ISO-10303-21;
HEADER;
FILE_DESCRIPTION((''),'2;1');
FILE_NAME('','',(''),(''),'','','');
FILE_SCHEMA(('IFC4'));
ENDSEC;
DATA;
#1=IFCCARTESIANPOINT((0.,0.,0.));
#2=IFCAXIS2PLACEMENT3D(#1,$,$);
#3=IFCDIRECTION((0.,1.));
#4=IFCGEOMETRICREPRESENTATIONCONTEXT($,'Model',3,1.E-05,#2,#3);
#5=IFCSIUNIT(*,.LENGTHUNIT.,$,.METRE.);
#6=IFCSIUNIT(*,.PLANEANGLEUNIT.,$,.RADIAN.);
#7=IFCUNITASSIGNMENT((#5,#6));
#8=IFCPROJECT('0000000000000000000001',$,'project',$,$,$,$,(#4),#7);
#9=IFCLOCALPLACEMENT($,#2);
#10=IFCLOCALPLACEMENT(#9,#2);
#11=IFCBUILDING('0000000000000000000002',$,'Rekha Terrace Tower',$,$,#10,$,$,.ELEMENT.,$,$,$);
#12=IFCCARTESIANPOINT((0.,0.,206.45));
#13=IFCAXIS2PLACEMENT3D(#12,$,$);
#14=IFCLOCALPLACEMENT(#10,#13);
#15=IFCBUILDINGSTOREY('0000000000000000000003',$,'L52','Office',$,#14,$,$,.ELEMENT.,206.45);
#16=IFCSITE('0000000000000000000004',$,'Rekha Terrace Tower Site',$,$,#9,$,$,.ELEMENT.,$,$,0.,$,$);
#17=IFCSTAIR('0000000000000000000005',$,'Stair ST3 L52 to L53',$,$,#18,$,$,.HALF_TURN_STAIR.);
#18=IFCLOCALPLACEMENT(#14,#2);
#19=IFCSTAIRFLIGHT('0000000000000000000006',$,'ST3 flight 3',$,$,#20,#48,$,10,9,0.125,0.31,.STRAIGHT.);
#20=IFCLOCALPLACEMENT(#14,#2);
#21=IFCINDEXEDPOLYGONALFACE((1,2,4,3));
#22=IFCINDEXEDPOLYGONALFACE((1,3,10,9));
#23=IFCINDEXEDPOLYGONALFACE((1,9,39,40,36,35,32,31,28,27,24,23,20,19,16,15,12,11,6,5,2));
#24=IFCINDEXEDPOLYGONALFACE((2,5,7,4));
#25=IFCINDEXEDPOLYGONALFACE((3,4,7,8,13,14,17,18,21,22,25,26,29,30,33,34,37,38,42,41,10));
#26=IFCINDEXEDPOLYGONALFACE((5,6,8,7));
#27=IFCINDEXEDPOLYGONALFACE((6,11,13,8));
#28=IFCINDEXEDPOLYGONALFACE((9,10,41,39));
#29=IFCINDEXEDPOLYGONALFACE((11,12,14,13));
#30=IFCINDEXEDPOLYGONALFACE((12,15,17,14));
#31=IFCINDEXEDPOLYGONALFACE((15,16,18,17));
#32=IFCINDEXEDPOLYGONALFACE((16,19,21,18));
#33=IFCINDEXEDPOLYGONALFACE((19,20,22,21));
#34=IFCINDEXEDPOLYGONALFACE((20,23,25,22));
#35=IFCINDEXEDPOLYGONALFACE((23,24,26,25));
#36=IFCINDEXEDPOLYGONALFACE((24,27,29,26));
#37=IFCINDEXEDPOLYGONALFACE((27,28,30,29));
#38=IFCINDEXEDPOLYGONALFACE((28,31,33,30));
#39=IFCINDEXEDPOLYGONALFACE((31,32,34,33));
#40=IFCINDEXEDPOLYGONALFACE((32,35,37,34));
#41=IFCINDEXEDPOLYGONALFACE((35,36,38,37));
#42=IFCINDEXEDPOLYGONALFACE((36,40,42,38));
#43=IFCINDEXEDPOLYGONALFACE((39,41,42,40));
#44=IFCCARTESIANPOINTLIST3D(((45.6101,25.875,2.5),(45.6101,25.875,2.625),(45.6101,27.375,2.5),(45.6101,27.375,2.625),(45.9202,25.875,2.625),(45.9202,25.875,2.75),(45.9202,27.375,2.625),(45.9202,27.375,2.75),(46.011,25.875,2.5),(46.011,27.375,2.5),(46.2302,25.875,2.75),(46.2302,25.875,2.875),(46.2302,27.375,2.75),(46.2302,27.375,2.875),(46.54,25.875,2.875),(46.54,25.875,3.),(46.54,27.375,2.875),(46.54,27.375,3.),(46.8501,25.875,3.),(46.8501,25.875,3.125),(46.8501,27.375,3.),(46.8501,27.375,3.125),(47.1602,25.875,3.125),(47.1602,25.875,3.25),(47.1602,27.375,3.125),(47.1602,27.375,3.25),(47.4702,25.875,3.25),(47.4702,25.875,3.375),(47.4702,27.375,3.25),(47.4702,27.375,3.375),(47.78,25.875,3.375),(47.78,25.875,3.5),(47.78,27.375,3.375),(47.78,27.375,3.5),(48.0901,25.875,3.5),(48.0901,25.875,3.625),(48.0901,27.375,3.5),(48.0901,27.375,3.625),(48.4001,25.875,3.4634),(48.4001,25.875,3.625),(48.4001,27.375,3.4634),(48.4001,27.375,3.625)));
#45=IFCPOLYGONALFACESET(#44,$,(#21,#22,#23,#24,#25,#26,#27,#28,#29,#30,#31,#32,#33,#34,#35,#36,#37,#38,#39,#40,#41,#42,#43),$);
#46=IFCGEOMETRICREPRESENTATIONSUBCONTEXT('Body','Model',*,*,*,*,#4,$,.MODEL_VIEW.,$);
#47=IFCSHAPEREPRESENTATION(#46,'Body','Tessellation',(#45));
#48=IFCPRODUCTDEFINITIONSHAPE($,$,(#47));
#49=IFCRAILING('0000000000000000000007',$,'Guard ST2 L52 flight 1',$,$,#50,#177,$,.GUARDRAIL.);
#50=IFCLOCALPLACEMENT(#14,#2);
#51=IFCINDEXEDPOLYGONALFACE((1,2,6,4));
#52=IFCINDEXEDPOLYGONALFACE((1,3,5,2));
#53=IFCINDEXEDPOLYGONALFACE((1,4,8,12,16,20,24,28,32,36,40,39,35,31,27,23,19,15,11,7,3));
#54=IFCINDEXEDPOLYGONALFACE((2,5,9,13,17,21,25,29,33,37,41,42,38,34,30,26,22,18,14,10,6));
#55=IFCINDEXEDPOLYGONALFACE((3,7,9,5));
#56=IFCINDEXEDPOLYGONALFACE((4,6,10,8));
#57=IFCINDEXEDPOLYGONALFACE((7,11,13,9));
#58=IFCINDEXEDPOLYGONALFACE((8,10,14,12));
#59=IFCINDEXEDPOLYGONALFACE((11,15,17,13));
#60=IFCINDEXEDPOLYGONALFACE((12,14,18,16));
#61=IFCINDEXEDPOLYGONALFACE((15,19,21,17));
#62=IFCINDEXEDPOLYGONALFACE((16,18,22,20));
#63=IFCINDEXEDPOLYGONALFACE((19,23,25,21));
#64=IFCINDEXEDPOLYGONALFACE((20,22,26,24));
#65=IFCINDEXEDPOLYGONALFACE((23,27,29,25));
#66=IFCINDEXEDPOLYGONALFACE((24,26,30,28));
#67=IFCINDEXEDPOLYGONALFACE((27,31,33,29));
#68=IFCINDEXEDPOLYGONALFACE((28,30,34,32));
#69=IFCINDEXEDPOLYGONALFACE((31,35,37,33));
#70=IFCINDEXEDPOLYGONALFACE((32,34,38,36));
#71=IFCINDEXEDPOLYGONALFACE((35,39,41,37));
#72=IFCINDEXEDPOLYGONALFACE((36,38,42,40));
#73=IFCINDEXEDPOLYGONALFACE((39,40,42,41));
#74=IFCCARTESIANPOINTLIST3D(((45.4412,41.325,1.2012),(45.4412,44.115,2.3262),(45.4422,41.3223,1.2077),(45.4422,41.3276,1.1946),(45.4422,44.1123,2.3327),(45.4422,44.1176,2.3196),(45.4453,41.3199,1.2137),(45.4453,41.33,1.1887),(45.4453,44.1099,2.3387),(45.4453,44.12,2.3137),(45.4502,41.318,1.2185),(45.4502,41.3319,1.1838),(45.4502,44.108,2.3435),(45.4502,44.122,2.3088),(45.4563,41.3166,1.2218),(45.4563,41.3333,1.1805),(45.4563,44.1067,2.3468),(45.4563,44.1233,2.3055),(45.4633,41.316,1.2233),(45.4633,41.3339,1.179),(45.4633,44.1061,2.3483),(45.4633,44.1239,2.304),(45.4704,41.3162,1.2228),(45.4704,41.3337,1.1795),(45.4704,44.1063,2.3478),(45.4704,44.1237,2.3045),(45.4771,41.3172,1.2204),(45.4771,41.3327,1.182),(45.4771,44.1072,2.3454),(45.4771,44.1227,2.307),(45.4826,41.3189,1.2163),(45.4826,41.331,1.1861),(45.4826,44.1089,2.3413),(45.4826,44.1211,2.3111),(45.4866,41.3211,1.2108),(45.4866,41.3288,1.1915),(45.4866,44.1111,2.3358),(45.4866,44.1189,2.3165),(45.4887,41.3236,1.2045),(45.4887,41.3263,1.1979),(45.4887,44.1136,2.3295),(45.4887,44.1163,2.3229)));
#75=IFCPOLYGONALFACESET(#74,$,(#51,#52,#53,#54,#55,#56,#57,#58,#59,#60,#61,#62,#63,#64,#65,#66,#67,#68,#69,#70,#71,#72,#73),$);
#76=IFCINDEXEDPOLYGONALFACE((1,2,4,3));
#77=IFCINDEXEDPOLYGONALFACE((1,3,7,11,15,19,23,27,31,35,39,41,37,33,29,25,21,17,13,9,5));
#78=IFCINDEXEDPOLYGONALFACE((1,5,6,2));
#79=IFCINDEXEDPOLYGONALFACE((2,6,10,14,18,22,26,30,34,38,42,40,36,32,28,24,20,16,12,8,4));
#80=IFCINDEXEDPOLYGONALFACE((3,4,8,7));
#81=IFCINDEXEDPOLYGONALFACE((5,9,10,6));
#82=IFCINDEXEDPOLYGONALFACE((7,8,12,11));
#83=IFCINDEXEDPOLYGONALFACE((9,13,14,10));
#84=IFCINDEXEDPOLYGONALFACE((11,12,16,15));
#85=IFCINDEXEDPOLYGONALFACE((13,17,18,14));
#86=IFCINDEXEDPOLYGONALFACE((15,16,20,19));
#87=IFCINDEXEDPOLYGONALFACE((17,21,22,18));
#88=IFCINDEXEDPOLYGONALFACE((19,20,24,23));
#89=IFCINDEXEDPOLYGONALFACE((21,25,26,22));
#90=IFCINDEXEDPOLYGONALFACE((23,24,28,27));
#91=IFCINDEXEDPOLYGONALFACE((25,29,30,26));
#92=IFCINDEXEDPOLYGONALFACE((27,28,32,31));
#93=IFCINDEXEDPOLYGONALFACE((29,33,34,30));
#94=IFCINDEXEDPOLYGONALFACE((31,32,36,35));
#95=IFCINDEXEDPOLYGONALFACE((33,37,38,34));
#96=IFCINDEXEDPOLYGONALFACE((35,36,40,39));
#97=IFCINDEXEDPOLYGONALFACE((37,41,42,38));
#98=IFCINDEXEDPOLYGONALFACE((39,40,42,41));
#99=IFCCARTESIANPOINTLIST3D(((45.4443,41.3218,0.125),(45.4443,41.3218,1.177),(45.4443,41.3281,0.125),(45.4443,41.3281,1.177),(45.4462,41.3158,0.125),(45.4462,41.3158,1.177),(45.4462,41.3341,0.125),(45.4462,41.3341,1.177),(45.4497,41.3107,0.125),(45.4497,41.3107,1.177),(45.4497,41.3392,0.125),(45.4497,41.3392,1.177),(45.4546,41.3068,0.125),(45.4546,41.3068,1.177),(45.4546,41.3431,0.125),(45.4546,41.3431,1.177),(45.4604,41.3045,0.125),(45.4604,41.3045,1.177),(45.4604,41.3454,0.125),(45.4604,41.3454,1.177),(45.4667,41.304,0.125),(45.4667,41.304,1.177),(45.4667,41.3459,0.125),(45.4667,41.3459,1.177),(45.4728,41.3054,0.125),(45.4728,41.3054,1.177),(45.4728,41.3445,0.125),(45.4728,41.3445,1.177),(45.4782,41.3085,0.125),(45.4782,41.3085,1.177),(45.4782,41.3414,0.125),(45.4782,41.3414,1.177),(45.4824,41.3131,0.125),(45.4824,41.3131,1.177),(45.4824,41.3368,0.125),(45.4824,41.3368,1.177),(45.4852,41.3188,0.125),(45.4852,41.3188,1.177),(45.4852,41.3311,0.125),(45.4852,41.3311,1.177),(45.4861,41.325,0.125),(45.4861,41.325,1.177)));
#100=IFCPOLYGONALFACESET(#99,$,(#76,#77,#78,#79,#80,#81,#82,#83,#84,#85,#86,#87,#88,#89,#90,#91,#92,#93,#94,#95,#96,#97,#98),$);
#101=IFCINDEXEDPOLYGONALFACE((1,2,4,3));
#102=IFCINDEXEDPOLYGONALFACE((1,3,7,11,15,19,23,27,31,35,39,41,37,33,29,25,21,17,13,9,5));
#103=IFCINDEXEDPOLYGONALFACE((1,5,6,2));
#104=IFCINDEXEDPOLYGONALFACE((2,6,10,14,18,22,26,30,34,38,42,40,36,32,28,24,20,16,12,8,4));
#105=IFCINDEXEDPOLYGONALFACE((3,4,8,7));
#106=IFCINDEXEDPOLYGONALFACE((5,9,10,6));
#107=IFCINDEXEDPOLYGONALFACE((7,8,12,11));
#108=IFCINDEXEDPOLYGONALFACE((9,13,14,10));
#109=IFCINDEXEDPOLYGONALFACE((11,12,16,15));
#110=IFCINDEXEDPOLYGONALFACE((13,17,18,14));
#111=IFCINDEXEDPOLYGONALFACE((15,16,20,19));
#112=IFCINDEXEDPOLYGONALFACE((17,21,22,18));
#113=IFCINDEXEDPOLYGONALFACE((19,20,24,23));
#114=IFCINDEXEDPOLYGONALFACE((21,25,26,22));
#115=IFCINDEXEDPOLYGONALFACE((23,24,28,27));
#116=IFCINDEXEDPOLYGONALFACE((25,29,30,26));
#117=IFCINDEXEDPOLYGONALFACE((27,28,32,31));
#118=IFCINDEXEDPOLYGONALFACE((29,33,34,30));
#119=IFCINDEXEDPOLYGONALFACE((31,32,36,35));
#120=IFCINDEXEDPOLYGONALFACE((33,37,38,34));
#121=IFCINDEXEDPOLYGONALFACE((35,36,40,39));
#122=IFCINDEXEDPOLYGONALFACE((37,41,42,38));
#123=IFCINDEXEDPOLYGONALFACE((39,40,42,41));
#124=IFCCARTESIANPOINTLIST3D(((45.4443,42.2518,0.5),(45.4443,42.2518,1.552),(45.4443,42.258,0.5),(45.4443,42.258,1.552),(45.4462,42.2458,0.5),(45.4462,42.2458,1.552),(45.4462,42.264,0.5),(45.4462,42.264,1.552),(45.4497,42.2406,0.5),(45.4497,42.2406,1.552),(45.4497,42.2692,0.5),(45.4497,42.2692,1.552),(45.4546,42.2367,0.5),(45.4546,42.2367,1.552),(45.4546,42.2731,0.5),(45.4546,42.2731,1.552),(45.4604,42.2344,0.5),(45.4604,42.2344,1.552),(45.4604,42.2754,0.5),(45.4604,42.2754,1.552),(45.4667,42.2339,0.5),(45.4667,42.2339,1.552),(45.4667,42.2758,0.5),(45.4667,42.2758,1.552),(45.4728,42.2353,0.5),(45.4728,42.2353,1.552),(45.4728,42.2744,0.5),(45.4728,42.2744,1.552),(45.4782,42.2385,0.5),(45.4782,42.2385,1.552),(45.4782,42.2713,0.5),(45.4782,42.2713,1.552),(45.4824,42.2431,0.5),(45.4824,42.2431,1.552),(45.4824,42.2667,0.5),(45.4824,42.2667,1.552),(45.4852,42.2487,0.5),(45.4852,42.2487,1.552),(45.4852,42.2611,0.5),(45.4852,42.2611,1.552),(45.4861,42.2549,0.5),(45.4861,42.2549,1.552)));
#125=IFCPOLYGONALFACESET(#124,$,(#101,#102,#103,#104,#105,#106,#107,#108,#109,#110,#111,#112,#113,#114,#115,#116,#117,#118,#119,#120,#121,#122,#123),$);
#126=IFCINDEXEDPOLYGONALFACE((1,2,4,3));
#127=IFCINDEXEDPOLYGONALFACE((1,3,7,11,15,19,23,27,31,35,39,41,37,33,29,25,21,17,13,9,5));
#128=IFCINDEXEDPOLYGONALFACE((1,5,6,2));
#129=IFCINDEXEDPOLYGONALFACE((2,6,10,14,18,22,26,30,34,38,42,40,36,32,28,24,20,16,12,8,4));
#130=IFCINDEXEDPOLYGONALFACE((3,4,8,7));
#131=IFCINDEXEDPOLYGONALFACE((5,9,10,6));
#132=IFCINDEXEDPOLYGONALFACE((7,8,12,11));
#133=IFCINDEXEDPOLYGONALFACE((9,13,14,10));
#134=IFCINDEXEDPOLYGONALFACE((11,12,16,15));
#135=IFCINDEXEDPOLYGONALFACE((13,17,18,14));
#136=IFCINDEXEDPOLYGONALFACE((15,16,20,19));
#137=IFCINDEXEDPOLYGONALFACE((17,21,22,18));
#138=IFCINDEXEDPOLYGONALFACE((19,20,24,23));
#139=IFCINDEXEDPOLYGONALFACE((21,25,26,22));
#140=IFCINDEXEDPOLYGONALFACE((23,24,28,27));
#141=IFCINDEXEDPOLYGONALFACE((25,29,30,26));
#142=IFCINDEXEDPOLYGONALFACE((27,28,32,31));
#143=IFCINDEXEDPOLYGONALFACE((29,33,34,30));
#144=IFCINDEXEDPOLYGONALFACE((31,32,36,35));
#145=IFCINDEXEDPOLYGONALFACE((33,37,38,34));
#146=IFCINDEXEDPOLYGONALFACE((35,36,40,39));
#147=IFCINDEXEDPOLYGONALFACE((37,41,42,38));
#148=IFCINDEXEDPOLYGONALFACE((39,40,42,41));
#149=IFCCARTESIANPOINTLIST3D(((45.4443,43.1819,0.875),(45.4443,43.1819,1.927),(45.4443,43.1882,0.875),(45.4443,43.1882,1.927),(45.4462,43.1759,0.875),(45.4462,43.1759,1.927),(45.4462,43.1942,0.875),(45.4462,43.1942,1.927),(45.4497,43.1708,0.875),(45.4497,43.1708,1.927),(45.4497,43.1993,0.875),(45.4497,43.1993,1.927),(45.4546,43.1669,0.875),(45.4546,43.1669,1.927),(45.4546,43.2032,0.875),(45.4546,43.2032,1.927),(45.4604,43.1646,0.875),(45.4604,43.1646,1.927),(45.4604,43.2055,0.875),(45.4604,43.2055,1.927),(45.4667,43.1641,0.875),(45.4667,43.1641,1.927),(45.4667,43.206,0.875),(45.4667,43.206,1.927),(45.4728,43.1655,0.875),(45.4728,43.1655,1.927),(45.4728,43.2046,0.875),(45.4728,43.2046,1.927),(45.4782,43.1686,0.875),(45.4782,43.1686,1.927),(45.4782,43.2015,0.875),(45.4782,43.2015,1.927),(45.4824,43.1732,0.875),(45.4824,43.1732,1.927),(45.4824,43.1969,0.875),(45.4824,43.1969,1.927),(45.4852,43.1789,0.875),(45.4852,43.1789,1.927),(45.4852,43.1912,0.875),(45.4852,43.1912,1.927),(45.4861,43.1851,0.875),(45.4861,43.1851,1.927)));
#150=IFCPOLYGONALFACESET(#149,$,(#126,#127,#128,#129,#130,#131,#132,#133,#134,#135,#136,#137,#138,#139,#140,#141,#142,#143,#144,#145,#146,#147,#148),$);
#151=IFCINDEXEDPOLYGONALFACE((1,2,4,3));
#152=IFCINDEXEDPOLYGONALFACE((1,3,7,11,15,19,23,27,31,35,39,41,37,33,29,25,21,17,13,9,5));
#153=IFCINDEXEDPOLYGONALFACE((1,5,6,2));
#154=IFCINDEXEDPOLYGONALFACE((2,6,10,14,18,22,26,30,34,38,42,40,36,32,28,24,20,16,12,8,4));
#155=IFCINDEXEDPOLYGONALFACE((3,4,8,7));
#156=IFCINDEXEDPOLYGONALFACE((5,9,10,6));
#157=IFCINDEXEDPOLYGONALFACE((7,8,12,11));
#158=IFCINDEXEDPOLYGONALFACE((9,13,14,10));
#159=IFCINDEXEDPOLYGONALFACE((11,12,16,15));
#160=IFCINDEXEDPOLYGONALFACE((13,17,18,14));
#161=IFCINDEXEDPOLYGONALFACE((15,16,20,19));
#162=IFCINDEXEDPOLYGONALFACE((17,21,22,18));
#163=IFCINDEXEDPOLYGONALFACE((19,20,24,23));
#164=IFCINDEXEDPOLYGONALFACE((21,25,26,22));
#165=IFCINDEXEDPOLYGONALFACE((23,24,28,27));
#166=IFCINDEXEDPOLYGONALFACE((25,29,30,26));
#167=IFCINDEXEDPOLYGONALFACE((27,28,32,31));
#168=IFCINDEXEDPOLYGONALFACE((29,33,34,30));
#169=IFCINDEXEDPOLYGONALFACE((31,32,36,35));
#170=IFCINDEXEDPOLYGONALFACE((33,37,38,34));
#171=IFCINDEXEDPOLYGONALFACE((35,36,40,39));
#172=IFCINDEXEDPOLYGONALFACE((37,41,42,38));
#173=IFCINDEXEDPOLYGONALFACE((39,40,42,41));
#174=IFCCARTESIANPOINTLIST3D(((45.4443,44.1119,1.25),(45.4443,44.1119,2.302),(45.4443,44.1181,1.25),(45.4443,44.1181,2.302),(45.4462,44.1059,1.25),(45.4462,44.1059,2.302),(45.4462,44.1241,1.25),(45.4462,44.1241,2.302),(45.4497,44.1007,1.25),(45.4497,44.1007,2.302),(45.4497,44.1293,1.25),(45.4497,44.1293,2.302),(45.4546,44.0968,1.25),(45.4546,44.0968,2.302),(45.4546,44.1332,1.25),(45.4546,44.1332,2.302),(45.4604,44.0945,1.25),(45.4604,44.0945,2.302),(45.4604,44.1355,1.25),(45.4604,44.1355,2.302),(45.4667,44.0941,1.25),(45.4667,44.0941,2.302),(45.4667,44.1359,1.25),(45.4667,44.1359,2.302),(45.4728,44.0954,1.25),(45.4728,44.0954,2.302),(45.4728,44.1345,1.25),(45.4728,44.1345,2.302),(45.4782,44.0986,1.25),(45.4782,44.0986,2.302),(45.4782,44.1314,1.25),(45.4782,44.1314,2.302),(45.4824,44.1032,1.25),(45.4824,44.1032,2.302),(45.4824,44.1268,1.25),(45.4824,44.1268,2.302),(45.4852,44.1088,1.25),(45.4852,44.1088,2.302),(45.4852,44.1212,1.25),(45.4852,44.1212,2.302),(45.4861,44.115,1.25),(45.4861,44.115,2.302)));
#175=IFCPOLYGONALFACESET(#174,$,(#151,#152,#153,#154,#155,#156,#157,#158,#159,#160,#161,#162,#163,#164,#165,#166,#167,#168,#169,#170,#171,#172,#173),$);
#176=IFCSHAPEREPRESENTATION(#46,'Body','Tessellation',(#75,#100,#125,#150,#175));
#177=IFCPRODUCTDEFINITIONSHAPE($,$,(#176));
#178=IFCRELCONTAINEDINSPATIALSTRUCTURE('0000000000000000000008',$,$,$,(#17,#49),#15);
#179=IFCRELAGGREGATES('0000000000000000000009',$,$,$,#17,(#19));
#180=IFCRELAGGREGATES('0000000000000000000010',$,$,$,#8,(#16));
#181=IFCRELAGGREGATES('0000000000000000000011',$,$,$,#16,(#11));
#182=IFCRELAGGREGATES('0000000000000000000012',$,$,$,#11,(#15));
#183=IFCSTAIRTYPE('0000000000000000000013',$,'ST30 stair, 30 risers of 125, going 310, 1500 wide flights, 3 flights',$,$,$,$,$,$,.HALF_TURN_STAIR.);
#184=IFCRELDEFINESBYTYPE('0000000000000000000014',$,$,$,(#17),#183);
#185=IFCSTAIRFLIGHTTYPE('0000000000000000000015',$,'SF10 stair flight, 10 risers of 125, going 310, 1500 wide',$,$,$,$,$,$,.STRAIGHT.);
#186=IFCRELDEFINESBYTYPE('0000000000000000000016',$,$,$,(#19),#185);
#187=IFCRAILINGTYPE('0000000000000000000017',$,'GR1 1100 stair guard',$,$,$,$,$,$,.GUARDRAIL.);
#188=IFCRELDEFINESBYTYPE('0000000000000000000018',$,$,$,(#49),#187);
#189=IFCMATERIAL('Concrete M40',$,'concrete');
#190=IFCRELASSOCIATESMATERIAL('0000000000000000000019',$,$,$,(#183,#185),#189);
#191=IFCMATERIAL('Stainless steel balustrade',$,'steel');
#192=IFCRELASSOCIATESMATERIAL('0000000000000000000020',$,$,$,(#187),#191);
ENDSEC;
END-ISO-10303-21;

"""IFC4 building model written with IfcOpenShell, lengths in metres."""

from ifc_helpers import new_model, si_unit, direction, frame, origin, origin_2d, place, context, subcontext, project, spatial, polyline, circle, outline, extrude, material, type_object, element, aggregate, save


model = new_model("IFC4")

# Units and contexts
model_context = context("Model", 3, precision=1e-05, world=origin(), true_north=direction((0.0, 1.0)))
body_context = subcontext(model_context, "Body", "Model", "MODEL_VIEW")
ifc_project = project(units=[si_unit("LENGTHUNIT", "METRE"), si_unit("PLANEANGLEUNIT", "RADIAN")], contexts=[model_context])

# Site, building, storey
site_placement = place(None, origin())
site = spatial("IfcSite", under=ifc_project, at=site_placement, Name="Rekha Terrace Tower Site", CompositionType="ELEMENT", RefElevation=0.0)
building_placement = place(site_placement, origin())
building = spatial("IfcBuilding", under=site, at=building_placement, Name="Rekha Terrace Tower", CompositionType="ELEMENT")
storey_placement = place(building_placement, frame((0.0, 0.0, 206.45)))
storey = spatial("IfcBuildingStorey", under=building, at=storey_placement, Name="L52", Description="Office", CompositionType="ELEMENT", Elevation=206.45)

# Stair, stair flight
ifc_material_1 = material(Name="Concrete M40", Category="concrete")
stair_type = type_object("IfcStairType", Name="ST30 stair, 30 risers of 125, going 310, 1500 wide flights, 3 flights", PredefinedType="HALF_TURN_STAIR", material=ifc_material_1)
stair_flight_type = type_object("IfcStairFlightType", Name="SF10 stair flight, 10 risers of 125, going 310, 1500 wide", PredefinedType="STRAIGHT", material=ifc_material_1)
stair_1_placement = place(storey_placement, origin())
stair_1 = element("IfcStair", 1, at=stair_1_placement, inside=storey, type_object=stair_type, Name="Stair ST3 L52 to L53", PredefinedType="HALF_TURN_STAIR")
stair_flight_1_placement = place(storey_placement, frame((45.6101, 26.625, 2.5), z_axis=(0.0, 0.0, 1.0), x_axis=(1.0, 0.0, 0.0)))
stair_flight_1 = element("IfcStairFlight", 2, at=stair_flight_1_placement, type_object=stair_flight_type, Name="ST3 flight 3", NumberOfRisers=10, NumberOfTreads=9, PredefinedType="STRAIGHT", RiserHeight=0.125, TreadLength=0.31, context=body_context, shape_type="SweptSolid", body=[
    extrude(outline(polyline([(0.0, 0.0), (0.0, 0.125), (0.3101, 0.125), (0.3101, 0.25), (0.6201, 0.25), (0.6201, 0.375), (0.9299, 0.375), (0.9299, 0.5), (1.24, 0.5), (1.24, 0.625), (1.55, 0.625), (1.55, 0.75), (1.8601, 0.75), (1.8601, 0.875), (2.1699, 0.875), (2.1699, 1.0), (2.48, 1.0), (2.48, 1.125), (2.79, 1.125), (2.79, 1.25), (2.79, 0.9634), (0.4009, 0.0), (0.0, 0.0)])), frame((0.0, 0.75, 0.0), z_axis=(0.0, -1.0, 0.0), x_axis=(1.0, 0.0, 0.0)), (0.0, 0.0, 1.0), 1.5),
])
aggregate(stair_1, [stair_flight_1])

# Railing
ifc_material_2 = material(Name="Stainless steel balustrade", Category="steel")
railing_type_1 = type_object("IfcRailingType", Name="GR1 1100 stair guard", PredefinedType="GUARDRAIL", material=ifc_material_2)
railing_1_placement = place(storey_placement, frame((45.4651, 41.325, 0.125)))
element("IfcRailing", 3, at=railing_1_placement, inside=storey, type_object=railing_type_1, Name="Guard ST2 L52 flight 1", PredefinedType="GUARDRAIL", context=body_context, shape_type="SweptSolid", body=[
    extrude(circle(Radius=0.0239, at=origin_2d()), frame((0.0, 0.0, 1.0762), z_axis=(0.0, 0.927443, 0.373964), x_axis=(-1.0, 0.0, 0.0)), (0.0, 0.0, 1.0), 3.0083),
    extrude(circle(Radius=0.021, at=origin_2d()), origin(), (0.0, 0.0, 1.0), 1.052),
    extrude(circle(Radius=0.021, at=origin_2d()), frame((0.0, 0.9299, 0.375)), (0.0, 0.0, 1.0), 1.052),
    extrude(circle(Radius=0.021, at=origin_2d()), frame((0.0, 1.8601, 0.75)), (0.0, 0.0, 1.0), 1.052),
    extrude(circle(Radius=0.021, at=origin_2d()), frame((0.0, 2.79, 1.125)), (0.0, 0.0, 1.0), 1.052),
])

save(model, "model.ifc")
